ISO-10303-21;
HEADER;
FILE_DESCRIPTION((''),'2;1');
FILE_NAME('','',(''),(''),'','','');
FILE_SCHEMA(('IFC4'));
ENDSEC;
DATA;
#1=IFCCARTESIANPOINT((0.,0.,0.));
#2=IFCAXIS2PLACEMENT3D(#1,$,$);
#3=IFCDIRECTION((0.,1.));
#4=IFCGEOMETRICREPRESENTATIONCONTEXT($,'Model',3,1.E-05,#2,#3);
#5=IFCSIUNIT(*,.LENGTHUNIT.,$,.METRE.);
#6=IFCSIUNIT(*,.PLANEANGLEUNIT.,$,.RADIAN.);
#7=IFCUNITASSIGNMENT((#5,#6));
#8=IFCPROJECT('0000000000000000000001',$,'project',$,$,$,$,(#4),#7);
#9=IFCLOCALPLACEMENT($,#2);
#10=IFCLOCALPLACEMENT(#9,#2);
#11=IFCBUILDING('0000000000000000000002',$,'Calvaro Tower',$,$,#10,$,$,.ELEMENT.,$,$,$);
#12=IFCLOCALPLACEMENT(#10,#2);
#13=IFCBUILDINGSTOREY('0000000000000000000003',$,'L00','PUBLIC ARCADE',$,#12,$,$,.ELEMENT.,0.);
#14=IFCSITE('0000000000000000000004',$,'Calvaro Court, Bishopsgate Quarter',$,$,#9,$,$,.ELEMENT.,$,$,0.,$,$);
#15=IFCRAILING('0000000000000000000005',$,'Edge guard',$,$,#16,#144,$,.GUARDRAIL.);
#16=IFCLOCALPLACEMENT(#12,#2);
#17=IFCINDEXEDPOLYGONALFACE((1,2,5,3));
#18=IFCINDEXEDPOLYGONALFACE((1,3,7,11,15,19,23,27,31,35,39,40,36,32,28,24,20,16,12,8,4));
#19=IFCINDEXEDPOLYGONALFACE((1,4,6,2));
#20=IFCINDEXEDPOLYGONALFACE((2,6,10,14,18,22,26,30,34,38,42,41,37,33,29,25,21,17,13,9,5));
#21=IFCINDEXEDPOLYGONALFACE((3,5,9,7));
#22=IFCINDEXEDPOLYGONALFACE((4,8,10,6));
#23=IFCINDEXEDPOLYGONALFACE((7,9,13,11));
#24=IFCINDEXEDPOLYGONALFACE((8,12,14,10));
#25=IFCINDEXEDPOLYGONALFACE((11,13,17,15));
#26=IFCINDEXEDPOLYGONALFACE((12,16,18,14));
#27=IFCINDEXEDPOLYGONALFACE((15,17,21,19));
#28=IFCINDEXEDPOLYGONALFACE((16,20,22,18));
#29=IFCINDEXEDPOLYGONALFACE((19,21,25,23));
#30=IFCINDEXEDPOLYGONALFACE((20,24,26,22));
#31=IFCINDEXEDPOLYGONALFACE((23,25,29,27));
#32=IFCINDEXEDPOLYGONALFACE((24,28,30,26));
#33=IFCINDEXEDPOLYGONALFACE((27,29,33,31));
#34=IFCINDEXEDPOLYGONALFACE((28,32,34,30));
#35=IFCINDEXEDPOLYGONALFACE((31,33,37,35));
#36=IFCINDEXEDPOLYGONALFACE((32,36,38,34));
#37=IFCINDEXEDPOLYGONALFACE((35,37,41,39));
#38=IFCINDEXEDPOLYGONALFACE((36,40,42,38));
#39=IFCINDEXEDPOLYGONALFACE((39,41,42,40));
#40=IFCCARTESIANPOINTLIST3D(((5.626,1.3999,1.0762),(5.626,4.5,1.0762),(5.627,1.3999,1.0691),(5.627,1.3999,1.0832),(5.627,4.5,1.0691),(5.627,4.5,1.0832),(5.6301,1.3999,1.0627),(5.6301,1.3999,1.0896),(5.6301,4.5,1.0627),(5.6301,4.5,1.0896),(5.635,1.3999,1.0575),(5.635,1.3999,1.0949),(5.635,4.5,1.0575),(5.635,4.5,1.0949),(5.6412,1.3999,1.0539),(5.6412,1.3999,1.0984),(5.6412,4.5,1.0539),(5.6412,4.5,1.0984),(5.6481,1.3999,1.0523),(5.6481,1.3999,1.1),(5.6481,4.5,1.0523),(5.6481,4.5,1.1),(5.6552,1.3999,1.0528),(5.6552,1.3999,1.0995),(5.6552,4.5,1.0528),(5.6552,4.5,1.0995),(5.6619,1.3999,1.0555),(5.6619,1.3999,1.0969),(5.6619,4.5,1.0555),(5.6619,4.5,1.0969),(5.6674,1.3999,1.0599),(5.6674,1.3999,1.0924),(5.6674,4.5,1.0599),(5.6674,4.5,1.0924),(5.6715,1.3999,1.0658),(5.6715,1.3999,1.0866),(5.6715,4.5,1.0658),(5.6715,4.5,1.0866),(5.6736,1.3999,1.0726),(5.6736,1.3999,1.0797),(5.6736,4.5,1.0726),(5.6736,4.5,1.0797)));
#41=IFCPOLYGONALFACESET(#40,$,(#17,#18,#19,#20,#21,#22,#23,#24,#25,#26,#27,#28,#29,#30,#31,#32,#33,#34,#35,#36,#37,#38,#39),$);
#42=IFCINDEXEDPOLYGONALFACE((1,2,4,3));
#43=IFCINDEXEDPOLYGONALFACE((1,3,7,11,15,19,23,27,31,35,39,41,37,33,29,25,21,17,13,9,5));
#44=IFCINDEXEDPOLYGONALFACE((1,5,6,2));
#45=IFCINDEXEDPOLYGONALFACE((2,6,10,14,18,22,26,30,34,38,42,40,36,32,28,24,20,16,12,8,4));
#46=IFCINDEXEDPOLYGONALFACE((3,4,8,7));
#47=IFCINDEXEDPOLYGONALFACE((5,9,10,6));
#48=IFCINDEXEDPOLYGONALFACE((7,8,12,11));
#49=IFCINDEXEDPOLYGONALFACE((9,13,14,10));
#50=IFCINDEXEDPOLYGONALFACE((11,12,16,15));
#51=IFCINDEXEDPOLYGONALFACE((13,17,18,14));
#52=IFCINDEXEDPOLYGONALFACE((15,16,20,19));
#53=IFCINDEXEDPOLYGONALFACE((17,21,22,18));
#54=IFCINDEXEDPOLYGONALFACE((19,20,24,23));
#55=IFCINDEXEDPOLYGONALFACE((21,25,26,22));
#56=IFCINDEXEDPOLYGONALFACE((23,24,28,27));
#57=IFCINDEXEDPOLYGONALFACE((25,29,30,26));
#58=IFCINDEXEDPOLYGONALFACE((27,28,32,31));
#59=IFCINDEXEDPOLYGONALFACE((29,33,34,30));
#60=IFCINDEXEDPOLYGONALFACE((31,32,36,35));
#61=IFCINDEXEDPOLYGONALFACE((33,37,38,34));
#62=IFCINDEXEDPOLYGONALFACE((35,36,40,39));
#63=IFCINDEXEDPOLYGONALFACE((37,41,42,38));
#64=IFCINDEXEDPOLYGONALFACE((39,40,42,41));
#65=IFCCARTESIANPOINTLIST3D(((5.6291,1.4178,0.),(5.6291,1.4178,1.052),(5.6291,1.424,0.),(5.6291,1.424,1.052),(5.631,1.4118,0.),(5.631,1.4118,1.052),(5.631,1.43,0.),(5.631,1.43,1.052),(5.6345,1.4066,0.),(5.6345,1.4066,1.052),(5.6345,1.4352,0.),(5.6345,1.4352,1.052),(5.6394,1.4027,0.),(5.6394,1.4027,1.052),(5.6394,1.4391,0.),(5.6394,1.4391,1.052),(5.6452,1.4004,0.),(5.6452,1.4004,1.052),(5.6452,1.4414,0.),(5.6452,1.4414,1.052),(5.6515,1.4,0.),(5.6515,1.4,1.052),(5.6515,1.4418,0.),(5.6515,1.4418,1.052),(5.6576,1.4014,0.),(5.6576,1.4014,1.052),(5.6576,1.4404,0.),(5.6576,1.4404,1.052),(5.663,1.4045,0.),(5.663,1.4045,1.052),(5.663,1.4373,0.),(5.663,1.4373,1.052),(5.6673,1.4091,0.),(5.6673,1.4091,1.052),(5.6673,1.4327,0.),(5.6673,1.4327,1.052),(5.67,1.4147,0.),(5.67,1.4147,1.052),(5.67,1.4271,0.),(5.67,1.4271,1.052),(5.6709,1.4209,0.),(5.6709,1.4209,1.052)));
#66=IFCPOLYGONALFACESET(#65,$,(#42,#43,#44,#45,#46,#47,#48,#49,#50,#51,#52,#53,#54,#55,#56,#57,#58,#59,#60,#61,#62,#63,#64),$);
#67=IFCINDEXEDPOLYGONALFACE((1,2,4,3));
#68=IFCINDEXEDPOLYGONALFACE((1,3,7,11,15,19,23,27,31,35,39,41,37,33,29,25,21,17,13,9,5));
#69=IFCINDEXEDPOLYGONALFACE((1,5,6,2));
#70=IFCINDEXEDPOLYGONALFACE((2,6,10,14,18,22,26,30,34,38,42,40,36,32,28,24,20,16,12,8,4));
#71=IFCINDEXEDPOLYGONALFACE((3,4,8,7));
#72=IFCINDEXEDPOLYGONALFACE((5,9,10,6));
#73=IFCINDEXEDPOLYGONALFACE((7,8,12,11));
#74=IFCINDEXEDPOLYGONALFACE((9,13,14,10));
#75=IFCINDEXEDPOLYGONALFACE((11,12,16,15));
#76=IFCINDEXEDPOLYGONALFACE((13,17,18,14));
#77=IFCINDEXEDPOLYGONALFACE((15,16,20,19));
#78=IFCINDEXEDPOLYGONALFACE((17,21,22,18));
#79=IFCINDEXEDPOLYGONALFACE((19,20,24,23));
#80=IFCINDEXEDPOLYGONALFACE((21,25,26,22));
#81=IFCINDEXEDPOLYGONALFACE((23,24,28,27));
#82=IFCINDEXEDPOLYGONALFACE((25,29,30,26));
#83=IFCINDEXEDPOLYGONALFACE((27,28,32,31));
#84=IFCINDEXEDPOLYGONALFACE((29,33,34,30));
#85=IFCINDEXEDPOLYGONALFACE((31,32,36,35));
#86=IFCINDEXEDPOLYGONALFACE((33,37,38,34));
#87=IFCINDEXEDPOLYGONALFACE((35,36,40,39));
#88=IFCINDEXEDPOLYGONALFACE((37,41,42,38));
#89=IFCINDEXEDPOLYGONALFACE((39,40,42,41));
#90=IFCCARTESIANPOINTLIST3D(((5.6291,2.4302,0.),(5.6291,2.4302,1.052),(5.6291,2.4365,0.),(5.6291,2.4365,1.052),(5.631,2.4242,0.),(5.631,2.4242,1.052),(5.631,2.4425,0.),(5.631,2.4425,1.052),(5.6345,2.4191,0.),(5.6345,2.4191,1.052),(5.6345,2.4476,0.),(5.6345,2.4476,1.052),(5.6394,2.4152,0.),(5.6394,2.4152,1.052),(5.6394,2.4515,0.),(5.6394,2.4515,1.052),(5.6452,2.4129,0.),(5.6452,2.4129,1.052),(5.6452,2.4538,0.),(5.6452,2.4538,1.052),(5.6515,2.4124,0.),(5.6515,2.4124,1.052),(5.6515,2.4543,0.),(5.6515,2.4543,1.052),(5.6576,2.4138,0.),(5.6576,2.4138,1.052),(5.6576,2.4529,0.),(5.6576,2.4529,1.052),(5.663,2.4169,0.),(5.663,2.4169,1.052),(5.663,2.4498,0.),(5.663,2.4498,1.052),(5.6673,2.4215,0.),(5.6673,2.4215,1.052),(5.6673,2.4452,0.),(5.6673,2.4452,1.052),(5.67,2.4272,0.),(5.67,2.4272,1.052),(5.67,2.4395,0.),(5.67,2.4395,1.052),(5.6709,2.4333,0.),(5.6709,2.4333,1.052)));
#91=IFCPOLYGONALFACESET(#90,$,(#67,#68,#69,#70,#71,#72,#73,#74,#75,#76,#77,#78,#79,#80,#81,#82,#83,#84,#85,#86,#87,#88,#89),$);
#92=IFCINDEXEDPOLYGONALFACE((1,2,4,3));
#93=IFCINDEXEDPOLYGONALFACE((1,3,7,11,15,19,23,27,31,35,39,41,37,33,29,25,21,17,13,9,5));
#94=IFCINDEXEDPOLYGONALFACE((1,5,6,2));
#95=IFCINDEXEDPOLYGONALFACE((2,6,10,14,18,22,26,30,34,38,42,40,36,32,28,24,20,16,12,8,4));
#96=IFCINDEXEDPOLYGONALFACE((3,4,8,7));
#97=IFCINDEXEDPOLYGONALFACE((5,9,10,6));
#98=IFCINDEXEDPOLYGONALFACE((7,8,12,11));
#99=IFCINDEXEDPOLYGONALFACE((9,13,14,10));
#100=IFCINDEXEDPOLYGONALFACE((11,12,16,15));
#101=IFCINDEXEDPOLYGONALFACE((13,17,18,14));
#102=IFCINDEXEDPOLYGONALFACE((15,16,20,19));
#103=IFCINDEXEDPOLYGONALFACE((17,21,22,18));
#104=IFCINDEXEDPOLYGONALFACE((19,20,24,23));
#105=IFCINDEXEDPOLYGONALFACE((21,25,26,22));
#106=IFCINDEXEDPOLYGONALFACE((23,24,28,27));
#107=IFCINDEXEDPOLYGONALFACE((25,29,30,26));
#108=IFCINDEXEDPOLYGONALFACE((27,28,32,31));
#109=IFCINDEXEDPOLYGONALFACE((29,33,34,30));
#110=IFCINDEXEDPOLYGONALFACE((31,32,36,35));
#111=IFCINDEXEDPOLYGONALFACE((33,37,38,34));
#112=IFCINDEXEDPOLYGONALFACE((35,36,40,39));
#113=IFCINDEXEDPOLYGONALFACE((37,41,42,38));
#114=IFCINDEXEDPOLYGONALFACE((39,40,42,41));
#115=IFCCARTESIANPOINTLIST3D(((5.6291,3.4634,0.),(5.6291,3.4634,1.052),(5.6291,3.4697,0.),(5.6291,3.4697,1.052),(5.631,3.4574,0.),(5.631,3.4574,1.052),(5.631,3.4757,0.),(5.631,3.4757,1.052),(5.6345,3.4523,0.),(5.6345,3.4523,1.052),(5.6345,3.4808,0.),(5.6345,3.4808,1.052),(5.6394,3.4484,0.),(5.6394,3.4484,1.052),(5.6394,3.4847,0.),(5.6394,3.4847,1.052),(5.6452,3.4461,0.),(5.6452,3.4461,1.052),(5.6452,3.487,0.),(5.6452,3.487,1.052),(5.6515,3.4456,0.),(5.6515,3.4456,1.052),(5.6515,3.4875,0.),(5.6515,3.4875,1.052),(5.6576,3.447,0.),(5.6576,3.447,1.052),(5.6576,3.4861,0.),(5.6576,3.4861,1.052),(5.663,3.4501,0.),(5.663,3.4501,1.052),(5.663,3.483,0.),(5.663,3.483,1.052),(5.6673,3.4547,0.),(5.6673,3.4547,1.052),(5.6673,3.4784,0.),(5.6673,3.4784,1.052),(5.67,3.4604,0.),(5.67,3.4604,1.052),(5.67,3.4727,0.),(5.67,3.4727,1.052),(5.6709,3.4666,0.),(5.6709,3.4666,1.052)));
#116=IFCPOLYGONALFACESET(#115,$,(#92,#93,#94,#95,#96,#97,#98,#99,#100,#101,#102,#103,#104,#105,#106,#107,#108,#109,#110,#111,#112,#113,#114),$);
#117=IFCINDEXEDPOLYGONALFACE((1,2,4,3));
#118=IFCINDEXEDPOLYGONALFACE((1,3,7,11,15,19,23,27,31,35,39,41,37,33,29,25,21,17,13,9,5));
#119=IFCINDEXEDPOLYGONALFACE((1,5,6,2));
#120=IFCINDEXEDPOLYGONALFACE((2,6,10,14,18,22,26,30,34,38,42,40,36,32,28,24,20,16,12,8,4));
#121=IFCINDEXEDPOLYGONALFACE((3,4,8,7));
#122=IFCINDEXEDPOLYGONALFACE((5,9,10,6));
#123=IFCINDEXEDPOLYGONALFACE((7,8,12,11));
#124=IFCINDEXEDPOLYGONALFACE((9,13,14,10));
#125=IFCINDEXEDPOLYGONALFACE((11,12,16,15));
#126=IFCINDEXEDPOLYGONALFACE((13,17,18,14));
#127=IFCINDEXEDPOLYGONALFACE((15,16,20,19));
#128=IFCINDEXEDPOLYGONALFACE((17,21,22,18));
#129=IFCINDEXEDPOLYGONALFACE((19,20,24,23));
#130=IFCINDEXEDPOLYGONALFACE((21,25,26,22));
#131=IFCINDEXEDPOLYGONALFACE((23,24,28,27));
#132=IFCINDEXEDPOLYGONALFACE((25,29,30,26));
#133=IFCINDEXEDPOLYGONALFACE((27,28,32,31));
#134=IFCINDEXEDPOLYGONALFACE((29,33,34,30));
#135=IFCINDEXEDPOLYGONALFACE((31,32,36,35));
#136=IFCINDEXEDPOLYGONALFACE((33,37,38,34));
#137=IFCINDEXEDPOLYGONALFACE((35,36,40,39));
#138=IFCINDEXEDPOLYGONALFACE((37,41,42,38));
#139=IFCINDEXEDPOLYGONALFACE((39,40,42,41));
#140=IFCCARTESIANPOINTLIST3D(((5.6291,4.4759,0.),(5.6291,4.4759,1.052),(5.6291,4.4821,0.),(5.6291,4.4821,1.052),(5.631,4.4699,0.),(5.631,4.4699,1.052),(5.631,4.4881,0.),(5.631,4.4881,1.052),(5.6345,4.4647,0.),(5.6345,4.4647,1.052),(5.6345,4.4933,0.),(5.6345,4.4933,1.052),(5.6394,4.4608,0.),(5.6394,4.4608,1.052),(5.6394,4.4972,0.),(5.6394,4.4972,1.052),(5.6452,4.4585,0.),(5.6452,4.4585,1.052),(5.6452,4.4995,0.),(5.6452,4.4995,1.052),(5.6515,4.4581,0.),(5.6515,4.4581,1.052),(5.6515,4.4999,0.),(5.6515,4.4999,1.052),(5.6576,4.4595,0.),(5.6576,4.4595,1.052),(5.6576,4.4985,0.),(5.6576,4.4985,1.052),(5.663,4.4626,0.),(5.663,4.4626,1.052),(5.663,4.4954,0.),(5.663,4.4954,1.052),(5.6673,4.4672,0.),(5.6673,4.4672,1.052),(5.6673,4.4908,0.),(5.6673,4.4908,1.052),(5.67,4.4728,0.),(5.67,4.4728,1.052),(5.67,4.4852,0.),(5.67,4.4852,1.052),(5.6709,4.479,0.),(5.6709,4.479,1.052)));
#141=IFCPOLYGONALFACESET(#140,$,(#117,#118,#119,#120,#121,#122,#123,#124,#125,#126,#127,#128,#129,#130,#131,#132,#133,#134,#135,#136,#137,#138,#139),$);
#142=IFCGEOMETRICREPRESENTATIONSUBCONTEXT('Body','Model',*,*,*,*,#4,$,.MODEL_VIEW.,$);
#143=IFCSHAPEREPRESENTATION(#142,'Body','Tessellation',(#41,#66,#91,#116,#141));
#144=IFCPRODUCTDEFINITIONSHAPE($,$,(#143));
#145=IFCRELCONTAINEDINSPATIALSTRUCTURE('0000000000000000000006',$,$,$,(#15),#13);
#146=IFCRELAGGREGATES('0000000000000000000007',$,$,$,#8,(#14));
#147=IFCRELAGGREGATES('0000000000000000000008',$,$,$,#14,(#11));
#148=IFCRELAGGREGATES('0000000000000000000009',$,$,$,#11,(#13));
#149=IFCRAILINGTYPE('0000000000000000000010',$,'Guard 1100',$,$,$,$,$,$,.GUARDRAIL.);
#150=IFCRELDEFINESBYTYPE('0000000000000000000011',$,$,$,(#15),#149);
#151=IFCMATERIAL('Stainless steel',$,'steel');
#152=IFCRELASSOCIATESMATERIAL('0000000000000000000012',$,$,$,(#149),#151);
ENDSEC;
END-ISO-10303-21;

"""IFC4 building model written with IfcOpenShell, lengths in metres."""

from ifc_helpers import new_model, si_unit, direction, frame, origin, origin_2d, place, context, subcontext, project, spatial, circle, extrude, material, type_object, element, save


model = new_model("IFC4")

# Units and contexts
model_context = context("Model", 3, precision=1e-05, world=origin(), true_north=direction((0.0, 1.0)))
body_context = subcontext(model_context, "Body", "Model", "MODEL_VIEW")
ifc_project = project(units=[si_unit("LENGTHUNIT", "METRE"), si_unit("PLANEANGLEUNIT", "RADIAN")], contexts=[model_context])

# Site, building, storey
site_placement = place(None, origin())
site = spatial("IfcSite", under=ifc_project, at=site_placement, Name="Calvaro Court, Bishopsgate Quarter", CompositionType="ELEMENT", RefElevation=0.0)
building_placement = place(site_placement, origin())
building = spatial("IfcBuilding", under=site, at=building_placement, Name="Calvaro Tower", CompositionType="ELEMENT")
storey_placement = place(building_placement, origin())
storey = spatial("IfcBuildingStorey", under=building, at=storey_placement, Name="L00", Description="PUBLIC ARCADE", CompositionType="ELEMENT", Elevation=0.0)

# Railing
ifc_material_1 = material(Name="Stainless steel", Category="steel")
railing_type = type_object("IfcRailingType", Name="Guard 1100", PredefinedType="GUARDRAIL", material=ifc_material_1)
railing_1_placement = place(storey_placement, frame((5.6499, 1.3999, 0.0)))
element("IfcRailing", 1, at=railing_1_placement, inside=storey, type_object=railing_type, Name="Edge guard", PredefinedType="GUARDRAIL", context=body_context, shape_type="SweptSolid", body=[
    extrude(circle(Radius=0.0239, at=origin_2d()), frame((0.0, 0.0, 1.0762), z_axis=(0.0, 1.0, 0.0), x_axis=(-1.0, 0.0, 0.0)), (0.0, 0.0, 1.0), 3.1001),
    extrude(circle(Radius=0.021, at=origin_2d()), frame((0.0, 0.021, 0.0)), (0.0, 0.0, 1.0), 1.052),
    extrude(circle(Radius=0.021, at=origin_2d()), frame((0.0, 1.0334, 0.0)), (0.0, 0.0, 1.0), 1.052),
    extrude(circle(Radius=0.021, at=origin_2d()), frame((0.0, 2.0667, 0.0)), (0.0, 0.0, 1.0), 1.052),
    extrude(circle(Radius=0.021, at=origin_2d()), frame((0.0, 3.0791, 0.0)), (0.0, 0.0, 1.0), 1.052),
])

save(model, "model.ifc")
